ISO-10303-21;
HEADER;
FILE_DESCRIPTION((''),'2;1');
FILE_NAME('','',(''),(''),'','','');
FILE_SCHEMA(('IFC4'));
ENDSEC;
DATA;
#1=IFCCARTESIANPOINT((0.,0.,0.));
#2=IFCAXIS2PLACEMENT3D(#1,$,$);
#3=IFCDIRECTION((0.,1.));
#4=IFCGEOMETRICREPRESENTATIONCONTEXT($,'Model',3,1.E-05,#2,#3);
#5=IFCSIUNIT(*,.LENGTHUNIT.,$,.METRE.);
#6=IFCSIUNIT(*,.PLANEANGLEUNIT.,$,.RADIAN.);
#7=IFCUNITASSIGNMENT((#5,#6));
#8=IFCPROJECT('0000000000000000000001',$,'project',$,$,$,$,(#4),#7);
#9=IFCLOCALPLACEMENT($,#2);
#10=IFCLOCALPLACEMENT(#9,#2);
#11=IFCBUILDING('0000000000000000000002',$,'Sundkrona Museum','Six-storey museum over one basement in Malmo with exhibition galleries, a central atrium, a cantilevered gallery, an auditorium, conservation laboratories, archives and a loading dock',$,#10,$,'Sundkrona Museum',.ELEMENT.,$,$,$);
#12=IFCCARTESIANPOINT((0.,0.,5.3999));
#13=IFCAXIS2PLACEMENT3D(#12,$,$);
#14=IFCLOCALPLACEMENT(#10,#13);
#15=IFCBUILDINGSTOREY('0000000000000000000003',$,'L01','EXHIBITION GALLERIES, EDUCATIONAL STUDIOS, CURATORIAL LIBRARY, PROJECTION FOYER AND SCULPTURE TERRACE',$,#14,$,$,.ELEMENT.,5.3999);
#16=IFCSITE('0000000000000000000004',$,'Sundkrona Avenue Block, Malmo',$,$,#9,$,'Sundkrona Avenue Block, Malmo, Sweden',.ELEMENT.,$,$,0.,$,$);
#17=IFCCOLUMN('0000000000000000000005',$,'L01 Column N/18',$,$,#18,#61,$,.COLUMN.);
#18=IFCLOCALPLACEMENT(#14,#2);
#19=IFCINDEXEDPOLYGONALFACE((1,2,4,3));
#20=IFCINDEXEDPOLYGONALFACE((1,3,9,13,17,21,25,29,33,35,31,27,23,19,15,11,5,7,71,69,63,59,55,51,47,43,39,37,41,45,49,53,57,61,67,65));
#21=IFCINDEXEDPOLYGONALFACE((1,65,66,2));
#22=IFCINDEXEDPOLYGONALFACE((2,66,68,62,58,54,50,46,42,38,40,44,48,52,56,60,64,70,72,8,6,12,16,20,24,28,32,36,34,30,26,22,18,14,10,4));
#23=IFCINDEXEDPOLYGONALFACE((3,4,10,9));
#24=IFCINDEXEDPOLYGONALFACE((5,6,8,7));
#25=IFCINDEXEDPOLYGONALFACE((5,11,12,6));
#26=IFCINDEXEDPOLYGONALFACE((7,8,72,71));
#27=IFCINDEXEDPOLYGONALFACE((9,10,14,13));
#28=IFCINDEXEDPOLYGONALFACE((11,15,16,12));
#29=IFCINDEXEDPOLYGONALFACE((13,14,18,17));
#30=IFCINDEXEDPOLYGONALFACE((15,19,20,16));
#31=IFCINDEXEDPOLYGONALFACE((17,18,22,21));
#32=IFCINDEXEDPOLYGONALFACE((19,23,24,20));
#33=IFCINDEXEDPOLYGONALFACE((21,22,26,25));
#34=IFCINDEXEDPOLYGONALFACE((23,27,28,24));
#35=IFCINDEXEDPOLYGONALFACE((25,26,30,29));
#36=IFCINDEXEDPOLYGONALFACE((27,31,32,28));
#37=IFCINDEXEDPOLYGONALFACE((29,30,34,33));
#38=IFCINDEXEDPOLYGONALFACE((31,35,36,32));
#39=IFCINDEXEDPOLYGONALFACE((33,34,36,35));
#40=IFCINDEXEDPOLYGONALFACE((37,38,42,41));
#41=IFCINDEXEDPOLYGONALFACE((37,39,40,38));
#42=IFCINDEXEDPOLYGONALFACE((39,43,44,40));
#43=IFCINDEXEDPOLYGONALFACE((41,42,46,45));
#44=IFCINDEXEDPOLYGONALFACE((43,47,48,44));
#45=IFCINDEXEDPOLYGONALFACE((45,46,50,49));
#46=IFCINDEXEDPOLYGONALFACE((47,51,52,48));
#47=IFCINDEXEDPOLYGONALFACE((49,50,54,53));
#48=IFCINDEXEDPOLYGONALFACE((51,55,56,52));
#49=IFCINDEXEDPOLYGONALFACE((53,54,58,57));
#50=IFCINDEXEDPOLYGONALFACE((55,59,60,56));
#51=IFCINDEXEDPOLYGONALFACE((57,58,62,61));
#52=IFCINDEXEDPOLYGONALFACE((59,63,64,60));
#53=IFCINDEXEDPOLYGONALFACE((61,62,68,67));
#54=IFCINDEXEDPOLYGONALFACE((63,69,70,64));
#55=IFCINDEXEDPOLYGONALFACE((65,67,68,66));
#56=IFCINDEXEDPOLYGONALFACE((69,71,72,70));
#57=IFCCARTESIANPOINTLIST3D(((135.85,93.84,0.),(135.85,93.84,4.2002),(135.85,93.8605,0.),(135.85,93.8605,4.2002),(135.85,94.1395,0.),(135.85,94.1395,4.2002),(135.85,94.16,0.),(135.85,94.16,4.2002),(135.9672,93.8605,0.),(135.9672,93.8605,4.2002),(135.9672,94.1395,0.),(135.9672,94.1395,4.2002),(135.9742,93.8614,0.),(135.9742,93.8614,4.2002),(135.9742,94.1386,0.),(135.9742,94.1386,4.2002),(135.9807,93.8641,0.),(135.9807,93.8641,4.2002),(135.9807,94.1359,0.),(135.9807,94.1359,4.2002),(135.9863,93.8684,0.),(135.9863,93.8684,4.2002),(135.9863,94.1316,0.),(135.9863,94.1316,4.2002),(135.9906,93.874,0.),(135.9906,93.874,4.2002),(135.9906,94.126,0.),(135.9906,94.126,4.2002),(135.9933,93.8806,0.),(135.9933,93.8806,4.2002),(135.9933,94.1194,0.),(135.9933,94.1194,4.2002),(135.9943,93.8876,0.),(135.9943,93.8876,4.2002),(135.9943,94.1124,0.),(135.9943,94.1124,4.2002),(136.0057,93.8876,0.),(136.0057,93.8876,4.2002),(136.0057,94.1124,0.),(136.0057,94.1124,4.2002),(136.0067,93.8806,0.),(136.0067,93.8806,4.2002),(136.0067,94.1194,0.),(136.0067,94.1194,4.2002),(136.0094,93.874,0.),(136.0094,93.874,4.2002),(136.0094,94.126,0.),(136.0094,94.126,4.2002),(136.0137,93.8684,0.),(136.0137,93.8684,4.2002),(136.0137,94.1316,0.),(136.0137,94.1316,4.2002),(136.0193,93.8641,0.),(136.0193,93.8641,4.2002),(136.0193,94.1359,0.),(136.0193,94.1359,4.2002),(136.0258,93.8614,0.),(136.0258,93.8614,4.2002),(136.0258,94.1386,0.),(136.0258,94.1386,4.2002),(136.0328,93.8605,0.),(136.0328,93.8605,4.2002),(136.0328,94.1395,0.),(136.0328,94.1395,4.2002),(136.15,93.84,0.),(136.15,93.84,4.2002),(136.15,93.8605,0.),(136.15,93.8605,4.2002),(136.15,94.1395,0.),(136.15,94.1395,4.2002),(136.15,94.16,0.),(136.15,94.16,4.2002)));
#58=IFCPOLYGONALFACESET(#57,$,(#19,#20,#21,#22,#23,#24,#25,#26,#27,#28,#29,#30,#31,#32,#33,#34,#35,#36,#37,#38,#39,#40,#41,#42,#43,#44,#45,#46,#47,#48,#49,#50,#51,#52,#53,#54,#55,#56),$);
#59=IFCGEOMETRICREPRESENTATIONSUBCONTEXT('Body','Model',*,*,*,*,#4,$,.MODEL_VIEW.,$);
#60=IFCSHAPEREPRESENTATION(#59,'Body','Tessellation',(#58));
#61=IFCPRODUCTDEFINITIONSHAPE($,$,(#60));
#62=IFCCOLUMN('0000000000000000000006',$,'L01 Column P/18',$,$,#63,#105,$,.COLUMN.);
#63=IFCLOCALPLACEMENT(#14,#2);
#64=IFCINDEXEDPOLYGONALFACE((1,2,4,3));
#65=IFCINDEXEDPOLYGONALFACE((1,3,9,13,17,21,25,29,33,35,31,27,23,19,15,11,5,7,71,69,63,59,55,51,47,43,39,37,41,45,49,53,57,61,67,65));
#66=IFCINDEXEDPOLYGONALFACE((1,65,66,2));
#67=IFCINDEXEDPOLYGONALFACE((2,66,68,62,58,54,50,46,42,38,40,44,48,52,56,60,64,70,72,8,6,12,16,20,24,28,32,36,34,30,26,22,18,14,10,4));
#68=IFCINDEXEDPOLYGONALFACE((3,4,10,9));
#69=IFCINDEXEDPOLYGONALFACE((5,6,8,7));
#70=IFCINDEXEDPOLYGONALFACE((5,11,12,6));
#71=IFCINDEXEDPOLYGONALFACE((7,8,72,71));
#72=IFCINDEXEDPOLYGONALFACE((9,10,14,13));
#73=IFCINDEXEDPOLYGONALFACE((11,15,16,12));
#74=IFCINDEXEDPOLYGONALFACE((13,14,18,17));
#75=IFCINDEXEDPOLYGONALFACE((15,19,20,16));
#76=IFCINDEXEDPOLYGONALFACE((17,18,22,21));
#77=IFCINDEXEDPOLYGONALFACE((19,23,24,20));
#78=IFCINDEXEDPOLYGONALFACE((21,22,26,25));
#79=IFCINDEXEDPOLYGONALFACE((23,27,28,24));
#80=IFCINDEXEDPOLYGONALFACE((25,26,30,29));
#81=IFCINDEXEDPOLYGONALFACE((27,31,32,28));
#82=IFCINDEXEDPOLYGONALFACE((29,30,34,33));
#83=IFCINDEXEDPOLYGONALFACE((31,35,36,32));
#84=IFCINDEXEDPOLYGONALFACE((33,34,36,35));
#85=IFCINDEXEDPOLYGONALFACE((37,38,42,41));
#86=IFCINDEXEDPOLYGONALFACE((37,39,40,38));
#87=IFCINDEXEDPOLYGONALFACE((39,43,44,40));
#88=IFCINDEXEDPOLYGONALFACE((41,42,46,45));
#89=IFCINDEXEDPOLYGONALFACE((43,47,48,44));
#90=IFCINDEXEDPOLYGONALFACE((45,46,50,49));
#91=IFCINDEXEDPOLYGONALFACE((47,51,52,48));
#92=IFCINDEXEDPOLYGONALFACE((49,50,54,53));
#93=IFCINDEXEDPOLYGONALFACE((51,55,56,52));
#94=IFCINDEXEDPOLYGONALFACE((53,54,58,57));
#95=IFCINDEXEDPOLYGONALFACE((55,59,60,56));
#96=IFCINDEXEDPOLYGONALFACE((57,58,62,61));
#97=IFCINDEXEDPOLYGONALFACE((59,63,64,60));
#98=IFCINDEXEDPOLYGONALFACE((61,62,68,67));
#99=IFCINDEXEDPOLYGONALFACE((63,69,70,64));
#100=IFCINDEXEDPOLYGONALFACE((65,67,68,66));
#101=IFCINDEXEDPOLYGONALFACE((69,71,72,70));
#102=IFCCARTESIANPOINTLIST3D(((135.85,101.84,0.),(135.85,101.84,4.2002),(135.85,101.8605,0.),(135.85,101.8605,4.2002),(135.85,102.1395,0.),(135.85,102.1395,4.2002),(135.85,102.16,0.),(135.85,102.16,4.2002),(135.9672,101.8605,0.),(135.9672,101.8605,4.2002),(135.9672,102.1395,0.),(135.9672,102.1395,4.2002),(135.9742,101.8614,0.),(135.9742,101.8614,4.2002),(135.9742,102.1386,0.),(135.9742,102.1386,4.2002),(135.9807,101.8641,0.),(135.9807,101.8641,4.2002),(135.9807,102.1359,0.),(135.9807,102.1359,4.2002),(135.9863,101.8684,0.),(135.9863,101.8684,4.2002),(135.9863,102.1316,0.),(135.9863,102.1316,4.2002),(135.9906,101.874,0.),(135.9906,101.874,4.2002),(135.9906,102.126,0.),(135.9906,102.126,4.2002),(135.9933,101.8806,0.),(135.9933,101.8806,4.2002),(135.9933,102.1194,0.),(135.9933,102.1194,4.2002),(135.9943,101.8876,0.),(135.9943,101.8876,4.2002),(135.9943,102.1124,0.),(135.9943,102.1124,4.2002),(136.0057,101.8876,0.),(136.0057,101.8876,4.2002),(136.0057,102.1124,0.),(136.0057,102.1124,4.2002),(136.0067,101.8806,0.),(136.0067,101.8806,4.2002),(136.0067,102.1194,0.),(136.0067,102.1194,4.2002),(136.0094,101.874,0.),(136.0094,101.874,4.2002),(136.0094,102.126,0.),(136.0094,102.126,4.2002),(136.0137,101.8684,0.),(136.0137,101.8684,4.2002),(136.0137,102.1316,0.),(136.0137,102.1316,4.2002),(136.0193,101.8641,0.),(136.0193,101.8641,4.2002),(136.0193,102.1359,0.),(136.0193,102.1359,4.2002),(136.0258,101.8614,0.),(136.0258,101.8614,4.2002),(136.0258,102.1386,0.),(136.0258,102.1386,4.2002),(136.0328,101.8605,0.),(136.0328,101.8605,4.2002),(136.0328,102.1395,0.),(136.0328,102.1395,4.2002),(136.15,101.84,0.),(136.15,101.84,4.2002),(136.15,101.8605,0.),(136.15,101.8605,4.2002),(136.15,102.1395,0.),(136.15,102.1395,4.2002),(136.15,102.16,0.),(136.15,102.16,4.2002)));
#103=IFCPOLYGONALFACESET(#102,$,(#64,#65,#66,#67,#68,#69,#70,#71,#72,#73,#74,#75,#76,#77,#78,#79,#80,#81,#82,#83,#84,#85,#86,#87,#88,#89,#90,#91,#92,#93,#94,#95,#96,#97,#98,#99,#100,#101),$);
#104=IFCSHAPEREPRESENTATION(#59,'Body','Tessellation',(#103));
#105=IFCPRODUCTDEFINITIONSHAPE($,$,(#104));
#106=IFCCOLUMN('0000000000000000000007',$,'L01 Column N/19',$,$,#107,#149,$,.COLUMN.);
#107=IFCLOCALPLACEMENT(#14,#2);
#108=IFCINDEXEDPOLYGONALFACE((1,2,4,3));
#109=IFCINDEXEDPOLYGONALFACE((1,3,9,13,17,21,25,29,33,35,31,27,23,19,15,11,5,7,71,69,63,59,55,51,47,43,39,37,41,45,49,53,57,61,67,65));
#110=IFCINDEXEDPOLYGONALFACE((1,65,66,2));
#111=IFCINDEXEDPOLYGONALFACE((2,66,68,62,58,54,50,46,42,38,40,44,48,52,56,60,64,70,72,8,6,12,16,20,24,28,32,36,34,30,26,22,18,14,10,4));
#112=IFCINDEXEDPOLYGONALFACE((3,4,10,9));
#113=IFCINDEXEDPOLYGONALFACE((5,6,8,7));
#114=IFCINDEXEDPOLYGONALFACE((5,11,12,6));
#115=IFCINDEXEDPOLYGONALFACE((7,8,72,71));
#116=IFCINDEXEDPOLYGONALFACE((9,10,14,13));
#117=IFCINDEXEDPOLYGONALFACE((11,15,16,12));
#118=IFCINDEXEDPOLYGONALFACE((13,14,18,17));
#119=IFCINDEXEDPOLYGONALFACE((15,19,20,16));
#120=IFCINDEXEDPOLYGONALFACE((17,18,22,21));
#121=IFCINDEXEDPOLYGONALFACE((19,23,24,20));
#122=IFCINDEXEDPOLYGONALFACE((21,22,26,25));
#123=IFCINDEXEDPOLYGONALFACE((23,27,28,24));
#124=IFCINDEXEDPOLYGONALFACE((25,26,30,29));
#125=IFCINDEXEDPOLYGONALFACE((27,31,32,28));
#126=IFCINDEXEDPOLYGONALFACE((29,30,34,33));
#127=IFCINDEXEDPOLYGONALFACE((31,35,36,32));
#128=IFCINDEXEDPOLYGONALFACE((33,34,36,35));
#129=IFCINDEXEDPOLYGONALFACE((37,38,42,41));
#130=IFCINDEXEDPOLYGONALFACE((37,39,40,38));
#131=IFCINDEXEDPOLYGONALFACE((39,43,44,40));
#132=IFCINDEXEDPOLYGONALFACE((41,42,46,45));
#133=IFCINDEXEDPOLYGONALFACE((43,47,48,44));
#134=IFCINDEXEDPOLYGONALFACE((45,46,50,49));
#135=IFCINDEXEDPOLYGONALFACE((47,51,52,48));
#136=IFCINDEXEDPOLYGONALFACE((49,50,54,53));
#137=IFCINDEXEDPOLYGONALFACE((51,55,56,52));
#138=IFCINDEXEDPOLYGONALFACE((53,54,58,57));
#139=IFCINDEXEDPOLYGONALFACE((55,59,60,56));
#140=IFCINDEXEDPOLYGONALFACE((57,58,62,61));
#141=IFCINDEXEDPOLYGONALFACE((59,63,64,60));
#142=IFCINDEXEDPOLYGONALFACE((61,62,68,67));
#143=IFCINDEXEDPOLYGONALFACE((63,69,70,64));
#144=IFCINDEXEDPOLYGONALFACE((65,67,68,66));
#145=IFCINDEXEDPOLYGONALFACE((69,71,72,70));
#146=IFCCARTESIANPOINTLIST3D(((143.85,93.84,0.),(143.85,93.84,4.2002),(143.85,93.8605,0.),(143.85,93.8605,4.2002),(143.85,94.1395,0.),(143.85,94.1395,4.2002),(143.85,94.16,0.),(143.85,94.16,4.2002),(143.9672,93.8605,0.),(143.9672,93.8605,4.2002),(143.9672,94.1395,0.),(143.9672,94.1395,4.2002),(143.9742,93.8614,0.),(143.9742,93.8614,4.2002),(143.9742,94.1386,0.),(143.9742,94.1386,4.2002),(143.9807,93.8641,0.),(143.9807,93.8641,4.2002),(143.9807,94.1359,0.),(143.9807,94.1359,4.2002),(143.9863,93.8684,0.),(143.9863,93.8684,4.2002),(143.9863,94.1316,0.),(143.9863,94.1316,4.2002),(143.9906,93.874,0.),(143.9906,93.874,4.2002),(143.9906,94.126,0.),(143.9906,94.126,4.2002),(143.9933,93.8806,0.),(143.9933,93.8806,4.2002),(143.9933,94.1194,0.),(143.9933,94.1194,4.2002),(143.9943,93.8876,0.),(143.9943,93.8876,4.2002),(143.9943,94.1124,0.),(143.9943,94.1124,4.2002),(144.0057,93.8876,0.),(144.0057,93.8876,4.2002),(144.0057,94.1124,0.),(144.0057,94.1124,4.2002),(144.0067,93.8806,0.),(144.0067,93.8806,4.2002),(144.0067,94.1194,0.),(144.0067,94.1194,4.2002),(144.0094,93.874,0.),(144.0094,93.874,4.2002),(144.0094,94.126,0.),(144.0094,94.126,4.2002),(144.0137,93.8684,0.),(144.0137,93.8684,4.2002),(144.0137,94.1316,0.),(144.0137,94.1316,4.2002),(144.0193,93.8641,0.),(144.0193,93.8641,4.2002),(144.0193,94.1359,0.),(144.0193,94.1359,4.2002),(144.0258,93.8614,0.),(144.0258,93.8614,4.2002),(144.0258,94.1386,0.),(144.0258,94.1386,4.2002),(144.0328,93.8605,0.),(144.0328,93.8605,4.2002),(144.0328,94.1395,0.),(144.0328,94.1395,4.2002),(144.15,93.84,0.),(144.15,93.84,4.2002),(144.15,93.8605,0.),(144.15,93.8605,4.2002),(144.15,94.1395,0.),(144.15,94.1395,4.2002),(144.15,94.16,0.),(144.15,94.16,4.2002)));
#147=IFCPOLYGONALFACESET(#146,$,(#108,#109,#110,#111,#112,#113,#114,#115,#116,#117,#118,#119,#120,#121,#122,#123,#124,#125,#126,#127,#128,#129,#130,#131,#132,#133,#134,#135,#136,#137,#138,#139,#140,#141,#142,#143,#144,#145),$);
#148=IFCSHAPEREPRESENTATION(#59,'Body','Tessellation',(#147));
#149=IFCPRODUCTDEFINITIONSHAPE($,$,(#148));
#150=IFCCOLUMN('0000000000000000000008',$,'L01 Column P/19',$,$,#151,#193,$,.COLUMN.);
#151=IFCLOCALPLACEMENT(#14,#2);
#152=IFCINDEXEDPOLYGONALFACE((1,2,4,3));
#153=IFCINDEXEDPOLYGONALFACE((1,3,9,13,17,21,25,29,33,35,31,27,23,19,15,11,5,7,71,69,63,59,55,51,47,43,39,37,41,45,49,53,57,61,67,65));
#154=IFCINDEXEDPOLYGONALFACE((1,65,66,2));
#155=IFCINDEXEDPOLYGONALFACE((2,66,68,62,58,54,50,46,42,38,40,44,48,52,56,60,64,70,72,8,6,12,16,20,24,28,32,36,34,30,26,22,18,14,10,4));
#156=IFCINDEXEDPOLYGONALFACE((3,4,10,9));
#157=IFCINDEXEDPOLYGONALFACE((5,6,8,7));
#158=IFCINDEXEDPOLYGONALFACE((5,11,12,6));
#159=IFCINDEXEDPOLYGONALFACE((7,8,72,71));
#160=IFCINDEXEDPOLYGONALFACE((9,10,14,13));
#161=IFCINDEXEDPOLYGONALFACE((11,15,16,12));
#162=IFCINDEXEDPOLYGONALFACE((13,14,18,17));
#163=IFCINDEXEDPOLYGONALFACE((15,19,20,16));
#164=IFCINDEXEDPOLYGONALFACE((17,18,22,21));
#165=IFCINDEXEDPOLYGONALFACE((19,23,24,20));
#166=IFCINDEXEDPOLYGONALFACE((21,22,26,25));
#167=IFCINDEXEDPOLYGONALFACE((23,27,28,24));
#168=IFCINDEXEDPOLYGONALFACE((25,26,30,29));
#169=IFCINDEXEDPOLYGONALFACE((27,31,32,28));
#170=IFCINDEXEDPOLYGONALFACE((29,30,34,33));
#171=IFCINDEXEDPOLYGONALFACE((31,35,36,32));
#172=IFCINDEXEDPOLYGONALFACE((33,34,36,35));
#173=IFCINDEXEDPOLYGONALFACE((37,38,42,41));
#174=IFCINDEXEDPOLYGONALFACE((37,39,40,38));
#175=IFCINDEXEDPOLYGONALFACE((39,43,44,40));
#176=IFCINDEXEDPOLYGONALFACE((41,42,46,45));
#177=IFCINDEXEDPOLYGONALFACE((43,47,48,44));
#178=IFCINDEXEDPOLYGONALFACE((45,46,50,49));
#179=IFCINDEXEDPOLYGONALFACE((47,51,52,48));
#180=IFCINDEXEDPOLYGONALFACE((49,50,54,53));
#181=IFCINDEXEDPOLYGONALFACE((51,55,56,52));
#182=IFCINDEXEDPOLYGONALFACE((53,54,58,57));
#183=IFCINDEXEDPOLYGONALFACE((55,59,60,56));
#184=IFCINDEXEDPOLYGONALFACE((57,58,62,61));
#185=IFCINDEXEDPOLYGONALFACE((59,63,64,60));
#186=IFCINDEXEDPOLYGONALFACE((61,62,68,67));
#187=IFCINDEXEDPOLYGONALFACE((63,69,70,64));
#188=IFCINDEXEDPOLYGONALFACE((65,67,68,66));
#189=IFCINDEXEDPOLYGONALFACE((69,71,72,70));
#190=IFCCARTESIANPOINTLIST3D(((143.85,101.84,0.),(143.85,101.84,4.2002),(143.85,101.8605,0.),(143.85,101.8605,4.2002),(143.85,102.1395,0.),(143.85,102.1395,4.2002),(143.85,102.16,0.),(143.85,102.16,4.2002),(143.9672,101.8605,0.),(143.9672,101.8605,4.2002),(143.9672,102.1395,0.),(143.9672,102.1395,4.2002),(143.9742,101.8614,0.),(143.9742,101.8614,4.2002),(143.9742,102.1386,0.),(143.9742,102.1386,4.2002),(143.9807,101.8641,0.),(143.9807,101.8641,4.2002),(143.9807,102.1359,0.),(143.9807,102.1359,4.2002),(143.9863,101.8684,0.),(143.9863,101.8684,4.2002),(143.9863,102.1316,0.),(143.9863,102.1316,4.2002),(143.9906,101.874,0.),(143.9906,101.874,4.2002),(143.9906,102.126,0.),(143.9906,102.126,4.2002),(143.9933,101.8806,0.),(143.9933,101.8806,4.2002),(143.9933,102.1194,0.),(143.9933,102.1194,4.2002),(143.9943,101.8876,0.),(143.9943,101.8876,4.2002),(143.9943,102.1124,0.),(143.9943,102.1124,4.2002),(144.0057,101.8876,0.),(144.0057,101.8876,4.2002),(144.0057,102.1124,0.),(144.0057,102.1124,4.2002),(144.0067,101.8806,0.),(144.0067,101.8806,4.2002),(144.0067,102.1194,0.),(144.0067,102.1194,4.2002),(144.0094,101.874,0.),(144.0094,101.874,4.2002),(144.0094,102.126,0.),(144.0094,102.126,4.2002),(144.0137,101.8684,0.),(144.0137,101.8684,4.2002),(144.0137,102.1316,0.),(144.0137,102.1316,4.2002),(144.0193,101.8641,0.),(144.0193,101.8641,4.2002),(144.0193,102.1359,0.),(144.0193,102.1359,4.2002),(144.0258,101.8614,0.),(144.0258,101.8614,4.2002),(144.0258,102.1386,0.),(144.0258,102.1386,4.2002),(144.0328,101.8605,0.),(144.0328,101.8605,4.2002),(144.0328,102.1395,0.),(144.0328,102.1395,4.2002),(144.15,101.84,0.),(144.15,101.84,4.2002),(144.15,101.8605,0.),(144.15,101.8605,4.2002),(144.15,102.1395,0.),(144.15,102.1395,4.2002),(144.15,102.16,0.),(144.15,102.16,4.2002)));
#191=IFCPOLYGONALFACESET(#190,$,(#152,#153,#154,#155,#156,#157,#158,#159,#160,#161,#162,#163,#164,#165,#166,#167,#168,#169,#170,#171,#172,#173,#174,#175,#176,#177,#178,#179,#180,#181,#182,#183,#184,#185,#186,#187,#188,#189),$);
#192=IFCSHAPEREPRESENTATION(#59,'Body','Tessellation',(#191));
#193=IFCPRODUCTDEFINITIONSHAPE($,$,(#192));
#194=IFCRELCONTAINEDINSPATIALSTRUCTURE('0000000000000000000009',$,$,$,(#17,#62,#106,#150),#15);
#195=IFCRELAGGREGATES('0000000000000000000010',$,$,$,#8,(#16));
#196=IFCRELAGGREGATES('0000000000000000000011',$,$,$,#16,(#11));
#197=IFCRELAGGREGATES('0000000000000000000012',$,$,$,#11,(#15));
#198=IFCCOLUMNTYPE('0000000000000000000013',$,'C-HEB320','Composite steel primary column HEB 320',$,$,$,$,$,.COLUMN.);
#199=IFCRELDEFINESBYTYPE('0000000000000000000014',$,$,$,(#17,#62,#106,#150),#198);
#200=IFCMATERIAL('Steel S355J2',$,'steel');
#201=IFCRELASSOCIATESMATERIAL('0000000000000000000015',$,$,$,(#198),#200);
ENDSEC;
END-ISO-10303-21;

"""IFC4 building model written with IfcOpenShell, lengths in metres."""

from ifc_helpers import new_model, si_unit, direction, frame, origin, origin_2d, place, context, subcontext, project, spatial, i_section, extrude, material, material_profile, profile_set, type_object, element, save


model = new_model("IFC4")

# Units and contexts
model_context = context("Model", 3, precision=1e-05, world=origin(), true_north=direction((0.0, 1.0)))
body_context = subcontext(model_context, "Body", "Model", "MODEL_VIEW")
ifc_project = project(units=[si_unit("LENGTHUNIT", "METRE"), si_unit("PLANEANGLEUNIT", "RADIAN")], contexts=[model_context])

# Site, building, storey
site_placement = place(None, origin())
site = spatial("IfcSite", under=ifc_project, at=site_placement, Name="Sundkrona Avenue Block, Malmo", LongName="Sundkrona Avenue Block, Malmo, Sweden", CompositionType="ELEMENT", RefElevation=0.0)
building_placement = place(site_placement, origin())
building = spatial("IfcBuilding", under=site, at=building_placement, Name="Sundkrona Museum", Description="Six-storey museum over one basement in Malmo with exhibition galleries, a central atrium, a cantilevered gallery, an auditorium, conservation laboratories, archives and a loading dock", LongName="Sundkrona Museum", CompositionType="ELEMENT")
storey_placement = place(building_placement, frame((0.0, 0.0, 5.3999)))
storey = spatial("IfcBuildingStorey", under=building, at=storey_placement, Name="L01", Description="EXHIBITION GALLERIES, EDUCATIONAL STUDIOS, CURATORIAL LIBRARY, PROJECTION FOYER AND SCULPTURE TERRACE", CompositionType="ELEMENT", Elevation=5.3999)

# Columns
ifc_material = material(Name="Steel S355J2", Category="steel")
ifc_material_profile_1 = material_profile(ifc_material, i_section(OverallWidth=0.3, OverallDepth=0.3201, WebThickness=0.0115, FlangeThickness=0.0205, FilletRadius=0.0271, at=origin_2d()), Name="HEB 320")
ifc_profile_set_1 = profile_set([ifc_material_profile_1], Name="Steel S355J2")
column_type = type_object("IfcColumnType", Name="C-HEB320", Description="Composite steel primary column HEB 320", PredefinedType="COLUMN", material=ifc_profile_set_1)
for number, where, z_axis, x_axis, name in (
    (1, (136.0, 94.0, 0.0), (0.0, 0.0, 1.0), (1.0, 0.0, 0.0), "L01 Column N/18"),
    (2, (136.0, 102.0, 0.0), (0.0, 0.0, 1.0), (1.0, 0.0, 0.0), "L01 Column P/18"),
    (3, (144.0, 94.0, 0.0), (0.0, 0.0, 1.0), (1.0, 0.0, 0.0), "L01 Column N/19"),
    (4, (144.0, 102.0, 0.0), (0.0, 0.0, 1.0), (1.0, 0.0, 0.0), "L01 Column P/19"),
):
    element("IfcColumn", number, at=place(storey_placement, frame(where, z_axis=z_axis, x_axis=x_axis)), inside=storey, type_object=column_type, Name=name, PredefinedType="COLUMN", context=body_context, shape_type="SweptSolid", body=[
        extrude(i_section(OverallWidth=0.3, OverallDepth=0.3201, WebThickness=0.0115, FlangeThickness=0.0205, FilletRadius=0.0271, at=origin_2d()), origin(), (0.0, 0.0, 1.0), 4.2002),
    ])

save(model, "model.ifc")
